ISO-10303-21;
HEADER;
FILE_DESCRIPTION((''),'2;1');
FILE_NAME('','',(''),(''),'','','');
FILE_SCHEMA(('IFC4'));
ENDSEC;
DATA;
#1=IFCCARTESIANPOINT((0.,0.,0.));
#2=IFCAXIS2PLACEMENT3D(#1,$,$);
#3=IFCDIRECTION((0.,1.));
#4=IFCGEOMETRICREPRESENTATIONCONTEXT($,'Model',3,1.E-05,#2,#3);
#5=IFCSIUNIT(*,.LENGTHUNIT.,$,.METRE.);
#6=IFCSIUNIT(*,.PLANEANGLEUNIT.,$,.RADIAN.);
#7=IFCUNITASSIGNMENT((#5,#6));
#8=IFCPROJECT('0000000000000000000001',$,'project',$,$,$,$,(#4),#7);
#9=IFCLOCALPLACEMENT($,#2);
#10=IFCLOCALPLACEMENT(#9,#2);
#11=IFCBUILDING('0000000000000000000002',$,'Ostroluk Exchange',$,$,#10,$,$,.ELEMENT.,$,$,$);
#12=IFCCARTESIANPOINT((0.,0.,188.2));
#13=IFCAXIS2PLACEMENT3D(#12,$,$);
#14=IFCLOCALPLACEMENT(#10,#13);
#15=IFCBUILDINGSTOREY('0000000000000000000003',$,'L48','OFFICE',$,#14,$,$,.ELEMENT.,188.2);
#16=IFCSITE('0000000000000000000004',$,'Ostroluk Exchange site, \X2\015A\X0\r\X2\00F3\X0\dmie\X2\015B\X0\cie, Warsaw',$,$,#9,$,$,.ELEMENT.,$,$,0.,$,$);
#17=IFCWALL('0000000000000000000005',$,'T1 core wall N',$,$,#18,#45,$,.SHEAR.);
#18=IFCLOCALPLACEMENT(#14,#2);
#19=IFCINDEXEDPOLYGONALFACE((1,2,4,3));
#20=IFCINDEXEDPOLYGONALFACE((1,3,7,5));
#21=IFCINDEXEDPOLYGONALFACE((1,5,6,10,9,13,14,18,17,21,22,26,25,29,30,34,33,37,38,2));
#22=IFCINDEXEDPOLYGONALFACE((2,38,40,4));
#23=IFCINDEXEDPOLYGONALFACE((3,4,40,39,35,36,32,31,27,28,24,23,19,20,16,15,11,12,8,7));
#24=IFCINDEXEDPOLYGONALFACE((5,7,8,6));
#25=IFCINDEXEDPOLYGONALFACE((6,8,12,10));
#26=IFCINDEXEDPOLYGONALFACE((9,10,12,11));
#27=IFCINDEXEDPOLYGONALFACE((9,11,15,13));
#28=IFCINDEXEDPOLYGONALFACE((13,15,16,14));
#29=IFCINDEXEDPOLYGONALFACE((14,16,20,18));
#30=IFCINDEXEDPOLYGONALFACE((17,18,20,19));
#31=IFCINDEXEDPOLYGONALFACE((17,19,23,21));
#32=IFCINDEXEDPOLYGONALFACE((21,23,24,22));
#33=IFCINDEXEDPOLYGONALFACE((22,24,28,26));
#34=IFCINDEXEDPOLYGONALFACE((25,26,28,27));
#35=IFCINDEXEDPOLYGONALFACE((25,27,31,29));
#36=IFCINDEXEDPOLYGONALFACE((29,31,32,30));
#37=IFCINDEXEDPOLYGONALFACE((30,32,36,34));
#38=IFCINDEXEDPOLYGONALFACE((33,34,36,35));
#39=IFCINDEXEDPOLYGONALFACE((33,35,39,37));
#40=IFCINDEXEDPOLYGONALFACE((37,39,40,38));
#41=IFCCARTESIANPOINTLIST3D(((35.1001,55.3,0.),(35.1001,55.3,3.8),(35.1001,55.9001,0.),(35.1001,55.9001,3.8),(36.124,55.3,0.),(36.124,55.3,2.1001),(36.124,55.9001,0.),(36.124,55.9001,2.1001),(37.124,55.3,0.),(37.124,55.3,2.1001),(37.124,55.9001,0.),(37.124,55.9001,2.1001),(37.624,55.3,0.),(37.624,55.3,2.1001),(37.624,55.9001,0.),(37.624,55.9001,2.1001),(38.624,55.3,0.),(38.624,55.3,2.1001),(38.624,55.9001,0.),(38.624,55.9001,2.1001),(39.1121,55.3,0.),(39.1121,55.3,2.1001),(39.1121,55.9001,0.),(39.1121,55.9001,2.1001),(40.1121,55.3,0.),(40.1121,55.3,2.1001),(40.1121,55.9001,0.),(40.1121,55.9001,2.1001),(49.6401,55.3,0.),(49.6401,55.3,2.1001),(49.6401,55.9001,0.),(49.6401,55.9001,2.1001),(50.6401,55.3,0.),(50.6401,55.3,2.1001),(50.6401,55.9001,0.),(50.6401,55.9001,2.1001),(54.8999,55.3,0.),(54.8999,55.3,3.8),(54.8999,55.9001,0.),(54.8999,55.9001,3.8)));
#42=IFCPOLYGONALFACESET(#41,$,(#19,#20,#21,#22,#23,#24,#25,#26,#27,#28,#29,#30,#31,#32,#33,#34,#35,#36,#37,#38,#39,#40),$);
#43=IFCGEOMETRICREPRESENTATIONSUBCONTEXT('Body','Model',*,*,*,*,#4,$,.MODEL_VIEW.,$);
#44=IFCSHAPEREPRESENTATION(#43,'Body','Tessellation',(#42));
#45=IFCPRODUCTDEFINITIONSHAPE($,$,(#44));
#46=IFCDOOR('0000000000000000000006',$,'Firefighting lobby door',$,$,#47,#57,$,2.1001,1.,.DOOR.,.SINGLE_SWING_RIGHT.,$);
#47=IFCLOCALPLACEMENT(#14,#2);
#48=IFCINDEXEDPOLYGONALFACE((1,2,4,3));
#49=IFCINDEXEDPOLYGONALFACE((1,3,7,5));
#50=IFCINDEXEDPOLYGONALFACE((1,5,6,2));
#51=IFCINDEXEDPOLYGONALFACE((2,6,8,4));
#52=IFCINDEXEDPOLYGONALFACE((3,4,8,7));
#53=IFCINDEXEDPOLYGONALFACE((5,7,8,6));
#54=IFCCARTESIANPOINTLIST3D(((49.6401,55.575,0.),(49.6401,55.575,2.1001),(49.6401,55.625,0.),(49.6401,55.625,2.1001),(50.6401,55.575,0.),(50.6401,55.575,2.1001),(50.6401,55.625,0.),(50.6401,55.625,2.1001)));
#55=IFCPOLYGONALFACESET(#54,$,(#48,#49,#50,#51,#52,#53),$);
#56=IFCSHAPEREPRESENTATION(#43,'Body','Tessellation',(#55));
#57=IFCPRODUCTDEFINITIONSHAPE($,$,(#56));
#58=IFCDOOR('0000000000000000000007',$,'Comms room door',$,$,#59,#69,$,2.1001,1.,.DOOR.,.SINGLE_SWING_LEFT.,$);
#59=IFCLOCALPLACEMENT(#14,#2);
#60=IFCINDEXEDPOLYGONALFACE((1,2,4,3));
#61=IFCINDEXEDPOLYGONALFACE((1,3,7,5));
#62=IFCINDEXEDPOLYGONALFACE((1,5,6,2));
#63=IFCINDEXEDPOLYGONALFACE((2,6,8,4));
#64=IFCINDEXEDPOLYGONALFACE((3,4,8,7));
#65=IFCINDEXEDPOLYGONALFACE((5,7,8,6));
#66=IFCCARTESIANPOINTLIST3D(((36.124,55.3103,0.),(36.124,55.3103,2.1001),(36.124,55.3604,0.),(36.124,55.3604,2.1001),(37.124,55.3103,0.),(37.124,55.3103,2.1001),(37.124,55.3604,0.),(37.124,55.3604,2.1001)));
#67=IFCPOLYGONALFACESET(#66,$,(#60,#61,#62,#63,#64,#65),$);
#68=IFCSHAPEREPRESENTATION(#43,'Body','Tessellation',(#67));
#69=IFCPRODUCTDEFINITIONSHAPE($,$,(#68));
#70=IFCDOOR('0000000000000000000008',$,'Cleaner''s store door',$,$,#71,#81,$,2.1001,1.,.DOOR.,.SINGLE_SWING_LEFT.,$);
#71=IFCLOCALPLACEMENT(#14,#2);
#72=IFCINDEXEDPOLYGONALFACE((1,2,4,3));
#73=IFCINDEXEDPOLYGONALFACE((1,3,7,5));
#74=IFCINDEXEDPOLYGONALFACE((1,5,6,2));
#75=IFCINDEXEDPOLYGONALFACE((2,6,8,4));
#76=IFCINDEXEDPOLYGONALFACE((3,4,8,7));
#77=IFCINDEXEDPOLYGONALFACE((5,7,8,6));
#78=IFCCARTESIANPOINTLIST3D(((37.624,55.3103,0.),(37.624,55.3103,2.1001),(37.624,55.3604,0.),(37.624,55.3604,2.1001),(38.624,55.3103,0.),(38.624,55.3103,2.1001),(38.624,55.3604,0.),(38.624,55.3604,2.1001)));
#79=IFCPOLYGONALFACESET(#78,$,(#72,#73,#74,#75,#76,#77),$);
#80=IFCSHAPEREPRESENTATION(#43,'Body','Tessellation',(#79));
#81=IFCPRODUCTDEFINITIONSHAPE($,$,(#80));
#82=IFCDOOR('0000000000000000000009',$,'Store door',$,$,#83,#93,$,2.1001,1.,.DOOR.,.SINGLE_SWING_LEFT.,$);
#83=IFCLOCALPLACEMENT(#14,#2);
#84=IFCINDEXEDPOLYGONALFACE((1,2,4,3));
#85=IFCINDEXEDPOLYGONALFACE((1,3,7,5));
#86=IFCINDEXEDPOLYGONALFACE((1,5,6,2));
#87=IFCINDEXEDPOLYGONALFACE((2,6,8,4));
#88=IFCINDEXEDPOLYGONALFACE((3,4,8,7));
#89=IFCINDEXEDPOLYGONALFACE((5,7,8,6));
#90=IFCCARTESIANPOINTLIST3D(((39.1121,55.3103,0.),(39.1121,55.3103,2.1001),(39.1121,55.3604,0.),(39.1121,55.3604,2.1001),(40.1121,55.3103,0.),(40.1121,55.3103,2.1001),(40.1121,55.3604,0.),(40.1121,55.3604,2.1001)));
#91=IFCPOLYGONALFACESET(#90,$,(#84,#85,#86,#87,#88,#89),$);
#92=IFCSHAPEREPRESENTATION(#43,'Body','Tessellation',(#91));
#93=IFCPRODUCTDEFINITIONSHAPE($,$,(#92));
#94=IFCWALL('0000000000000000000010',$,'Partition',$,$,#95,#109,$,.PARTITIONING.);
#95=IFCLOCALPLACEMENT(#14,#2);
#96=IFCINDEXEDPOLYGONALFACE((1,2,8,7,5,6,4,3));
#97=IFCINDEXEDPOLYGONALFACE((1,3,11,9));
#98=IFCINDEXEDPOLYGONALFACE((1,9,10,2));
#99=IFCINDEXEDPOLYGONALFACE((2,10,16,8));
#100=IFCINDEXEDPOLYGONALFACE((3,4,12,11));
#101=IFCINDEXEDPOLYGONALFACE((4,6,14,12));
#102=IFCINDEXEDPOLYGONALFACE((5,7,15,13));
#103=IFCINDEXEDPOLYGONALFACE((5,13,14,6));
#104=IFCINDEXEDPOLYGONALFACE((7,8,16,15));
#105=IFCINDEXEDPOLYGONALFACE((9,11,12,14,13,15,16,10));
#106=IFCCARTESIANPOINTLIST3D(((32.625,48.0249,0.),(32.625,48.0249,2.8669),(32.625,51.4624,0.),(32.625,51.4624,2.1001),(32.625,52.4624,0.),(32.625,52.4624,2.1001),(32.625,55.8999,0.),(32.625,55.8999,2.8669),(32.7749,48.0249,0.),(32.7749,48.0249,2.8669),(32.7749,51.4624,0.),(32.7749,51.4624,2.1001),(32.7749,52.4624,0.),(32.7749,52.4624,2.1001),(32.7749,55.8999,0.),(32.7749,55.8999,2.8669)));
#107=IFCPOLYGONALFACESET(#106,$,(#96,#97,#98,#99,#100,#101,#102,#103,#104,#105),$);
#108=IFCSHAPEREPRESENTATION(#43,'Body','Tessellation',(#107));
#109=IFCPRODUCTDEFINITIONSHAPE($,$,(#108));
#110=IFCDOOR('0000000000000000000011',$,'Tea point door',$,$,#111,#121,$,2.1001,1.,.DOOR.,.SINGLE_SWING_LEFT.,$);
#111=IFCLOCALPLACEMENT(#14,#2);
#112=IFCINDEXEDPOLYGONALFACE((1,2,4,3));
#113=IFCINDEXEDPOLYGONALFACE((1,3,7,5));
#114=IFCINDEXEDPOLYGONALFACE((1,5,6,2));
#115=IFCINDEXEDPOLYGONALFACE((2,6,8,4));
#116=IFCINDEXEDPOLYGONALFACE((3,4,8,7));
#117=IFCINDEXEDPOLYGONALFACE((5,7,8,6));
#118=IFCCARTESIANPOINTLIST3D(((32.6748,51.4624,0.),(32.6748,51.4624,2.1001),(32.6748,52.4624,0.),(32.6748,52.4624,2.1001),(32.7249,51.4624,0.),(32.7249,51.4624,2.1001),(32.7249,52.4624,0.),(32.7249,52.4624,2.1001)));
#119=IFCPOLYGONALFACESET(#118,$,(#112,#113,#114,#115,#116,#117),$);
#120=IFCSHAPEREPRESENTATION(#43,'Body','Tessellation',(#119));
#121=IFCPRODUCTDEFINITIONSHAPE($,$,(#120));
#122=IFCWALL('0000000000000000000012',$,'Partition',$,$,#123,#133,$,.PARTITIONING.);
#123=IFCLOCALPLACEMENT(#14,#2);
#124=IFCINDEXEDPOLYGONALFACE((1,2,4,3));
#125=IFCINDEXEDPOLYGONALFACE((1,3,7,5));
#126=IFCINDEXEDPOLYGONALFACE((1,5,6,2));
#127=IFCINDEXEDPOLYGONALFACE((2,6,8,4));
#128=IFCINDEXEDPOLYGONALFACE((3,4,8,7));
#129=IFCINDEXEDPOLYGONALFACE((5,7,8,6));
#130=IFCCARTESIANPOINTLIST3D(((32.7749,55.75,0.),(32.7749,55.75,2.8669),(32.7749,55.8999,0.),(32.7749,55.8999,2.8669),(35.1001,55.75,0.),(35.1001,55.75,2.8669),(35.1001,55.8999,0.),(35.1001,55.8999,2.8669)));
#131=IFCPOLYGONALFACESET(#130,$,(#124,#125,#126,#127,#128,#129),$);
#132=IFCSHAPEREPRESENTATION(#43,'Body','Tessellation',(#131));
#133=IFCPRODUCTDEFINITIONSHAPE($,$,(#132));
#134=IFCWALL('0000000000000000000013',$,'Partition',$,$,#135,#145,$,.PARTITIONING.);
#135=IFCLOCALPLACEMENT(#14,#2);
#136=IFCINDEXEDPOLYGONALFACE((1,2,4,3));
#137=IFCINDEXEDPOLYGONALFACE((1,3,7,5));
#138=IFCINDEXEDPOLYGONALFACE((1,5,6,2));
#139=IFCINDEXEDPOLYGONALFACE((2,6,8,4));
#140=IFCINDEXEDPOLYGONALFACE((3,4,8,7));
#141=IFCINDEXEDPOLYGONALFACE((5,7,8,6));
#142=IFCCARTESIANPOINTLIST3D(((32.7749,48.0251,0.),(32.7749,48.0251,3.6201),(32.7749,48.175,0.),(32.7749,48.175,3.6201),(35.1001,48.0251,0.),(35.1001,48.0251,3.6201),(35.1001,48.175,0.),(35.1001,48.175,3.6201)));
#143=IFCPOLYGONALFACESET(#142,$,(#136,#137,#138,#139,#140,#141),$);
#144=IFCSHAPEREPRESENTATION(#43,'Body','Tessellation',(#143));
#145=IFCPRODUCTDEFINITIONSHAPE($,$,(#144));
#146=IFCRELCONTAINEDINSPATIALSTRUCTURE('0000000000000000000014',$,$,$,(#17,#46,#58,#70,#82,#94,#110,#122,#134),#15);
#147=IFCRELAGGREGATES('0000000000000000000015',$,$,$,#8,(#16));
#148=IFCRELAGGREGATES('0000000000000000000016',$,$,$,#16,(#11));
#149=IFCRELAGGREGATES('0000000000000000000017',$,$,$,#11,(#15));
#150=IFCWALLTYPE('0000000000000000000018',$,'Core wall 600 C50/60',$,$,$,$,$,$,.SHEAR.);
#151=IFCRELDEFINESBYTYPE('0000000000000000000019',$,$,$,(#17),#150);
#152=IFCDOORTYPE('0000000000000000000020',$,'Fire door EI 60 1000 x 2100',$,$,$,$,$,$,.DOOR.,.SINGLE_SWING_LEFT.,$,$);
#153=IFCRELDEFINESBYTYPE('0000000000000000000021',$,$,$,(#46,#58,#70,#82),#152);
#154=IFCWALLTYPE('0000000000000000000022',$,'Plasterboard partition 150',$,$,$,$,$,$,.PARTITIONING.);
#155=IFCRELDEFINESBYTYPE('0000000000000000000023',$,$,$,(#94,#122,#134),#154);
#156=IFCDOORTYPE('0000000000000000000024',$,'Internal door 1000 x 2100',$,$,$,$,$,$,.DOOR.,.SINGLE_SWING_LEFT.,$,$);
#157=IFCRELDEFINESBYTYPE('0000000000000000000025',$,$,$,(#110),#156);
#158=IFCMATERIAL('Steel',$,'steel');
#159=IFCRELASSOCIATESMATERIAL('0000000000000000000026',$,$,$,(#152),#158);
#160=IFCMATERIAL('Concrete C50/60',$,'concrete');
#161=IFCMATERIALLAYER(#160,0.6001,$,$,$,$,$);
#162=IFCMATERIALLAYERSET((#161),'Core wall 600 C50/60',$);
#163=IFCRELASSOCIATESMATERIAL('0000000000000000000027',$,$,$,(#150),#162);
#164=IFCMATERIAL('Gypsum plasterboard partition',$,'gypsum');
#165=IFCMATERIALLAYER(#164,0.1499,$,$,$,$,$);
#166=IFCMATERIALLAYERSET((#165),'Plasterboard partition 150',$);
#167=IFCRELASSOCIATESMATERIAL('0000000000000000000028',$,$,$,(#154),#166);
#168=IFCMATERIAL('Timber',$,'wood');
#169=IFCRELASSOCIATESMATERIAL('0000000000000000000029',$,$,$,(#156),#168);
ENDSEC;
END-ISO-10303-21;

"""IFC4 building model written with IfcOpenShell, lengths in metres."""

from ifc_helpers import new_model, si_unit, direction, frame, frame_2d, origin, place, context, subcontext, project, spatial, rectangle, extrude, material, layer, layer_set, type_object, element, fill, save


model = new_model("IFC4")

# Units and contexts
model_context = context("Model", 3, precision=1e-05, world=origin(), true_north=direction((0.0, 1.0)))
body_context = subcontext(model_context, "Body", "Model", "MODEL_VIEW")
ifc_project = project(units=[si_unit("LENGTHUNIT", "METRE"), si_unit("PLANEANGLEUNIT", "RADIAN")], contexts=[model_context])

# Site, building, storey
site_placement = place(None, origin())
site = spatial("IfcSite", under=ifc_project, at=site_placement, Name="Ostroluk Exchange site, Śródmieście, Warsaw", CompositionType="ELEMENT", RefElevation=0.0)
building_placement = place(site_placement, origin())
building = spatial("IfcBuilding", under=site, at=building_placement, Name="Ostroluk Exchange", CompositionType="ELEMENT")
storey_placement = place(building_placement, frame((0.0, 0.0, 188.2)))
storey = spatial("IfcBuildingStorey", under=building, at=storey_placement, Name="L48", Description="OFFICE", CompositionType="ELEMENT", Elevation=188.2)

# Wall, openings, doors
ifc_material_1 = material(Name="Steel", Category="steel")
door_type_1 = type_object("IfcDoorType", Name="Fire door EI 60 1000 x 2100", OperationType="SINGLE_SWING_LEFT", PredefinedType="DOOR", material=ifc_material_1)
ifc_material_2 = material(Name="Concrete C50/60", Category="concrete")
ifc_layer_1 = layer(ifc_material_2, 0.6001)
ifc_layer_set_1 = layer_set([ifc_layer_1], Name="Core wall 600 C50/60")
wall_type_1 = type_object("IfcWallType", Name="Core wall 600 C50/60", PredefinedType="SHEAR", material=ifc_layer_set_1)
wall_1_placement = place(storey_placement, frame((35.1001, 55.6001, 0.0), z_axis=(0.0, 0.0, 1.0), x_axis=(1.0, 0.0, 0.0)))
wall_1 = element("IfcWall", 1, at=wall_1_placement, inside=storey, type_object=wall_type_1, Name="T1 core wall N", PredefinedType="SHEAR", context=body_context, shape_type="SweptSolid", body=[
    extrude(rectangle(XDim=19.7998, YDim=0.6001, at=frame_2d((9.8999, 0.0))), origin(), (0.0, 0.0, 1.0), 3.8),
])
opening_1_placement = place(wall_1_placement, frame((14.54, 0.0, 0.0)))
opening_1 = element("IfcOpeningElement", 2, at=opening_1_placement, cuts=wall_1, PredefinedType="OPENING", context=body_context, shape_type="SweptSolid", body=[
    extrude(rectangle(XDim=1.0, YDim=2.1001, at=frame_2d((0.5, 1.05))), frame((0.0, 0.3101, 0.0), z_axis=(0.0, -1.0, 0.0), x_axis=(1.0, 0.0, 0.0)), (0.0, 0.0, 1.0), 0.6201),
])
opening_2_placement = place(wall_1_placement, frame((1.0239, 0.0, 0.0)))
opening_2 = element("IfcOpeningElement", 3, at=opening_2_placement, cuts=wall_1, PredefinedType="OPENING", context=body_context, shape_type="SweptSolid", body=[
    extrude(rectangle(XDim=1.0, YDim=2.1001, at=frame_2d((0.5, 1.05))), frame((0.0, 0.3101, 0.0), z_axis=(0.0, -1.0, 0.0), x_axis=(1.0, 0.0, 0.0)), (0.0, 0.0, 1.0), 0.6201),
])
opening_3_placement = place(wall_1_placement, frame((2.5239, 0.0, 0.0)))
opening_3 = element("IfcOpeningElement", 4, at=opening_3_placement, cuts=wall_1, PredefinedType="OPENING", context=body_context, shape_type="SweptSolid", body=[
    extrude(rectangle(XDim=1.0, YDim=2.1001, at=frame_2d((0.5, 1.05))), frame((0.0, 0.3101, 0.0), z_axis=(0.0, -1.0, 0.0), x_axis=(1.0, 0.0, 0.0)), (0.0, 0.0, 1.0), 0.6201),
])
opening_4_placement = place(wall_1_placement, frame((4.012, 0.0, 0.0)))
opening_4 = element("IfcOpeningElement", 5, at=opening_4_placement, cuts=wall_1, PredefinedType="OPENING", context=body_context, shape_type="SweptSolid", body=[
    extrude(rectangle(XDim=1.0, YDim=2.1001, at=frame_2d((0.5, 1.05))), frame((0.0, 0.3101, 0.0), z_axis=(0.0, -1.0, 0.0), x_axis=(1.0, 0.0, 0.0)), (0.0, 0.0, 1.0), 0.6201),
])
door_1_placement = place(opening_1_placement, origin())
door_1 = element("IfcDoor", 6, at=door_1_placement, inside=storey, type_object=door_type_1, Name="Firefighting lobby door", OperationType="SINGLE_SWING_RIGHT", OverallHeight=2.1001, OverallWidth=1.0, PredefinedType="DOOR", context=body_context, shape_type="SweptSolid", body=[
    extrude(rectangle(XDim=1.0, YDim=2.1001, at=frame_2d((0.5, 1.05))), frame((0.0, 0.0249, 0.0), z_axis=(0.0, -1.0, 0.0), x_axis=(1.0, 0.0, 0.0)), (0.0, 0.0, 1.0), 0.05),
])
fill(opening_1, door_1)
door_2_placement = place(opening_2_placement, origin())
door_2 = element("IfcDoor", 7, at=door_2_placement, inside=storey, type_object=door_type_1, Name="Comms room door", OperationType="SINGLE_SWING_LEFT", OverallHeight=2.1001, OverallWidth=1.0, PredefinedType="DOOR", context=body_context, shape_type="SweptSolid", body=[
    extrude(rectangle(XDim=1.0, YDim=2.1001, at=frame_2d((0.5, 1.05))), frame((0.0, -0.2397, 0.0), z_axis=(0.0, -1.0, 0.0), x_axis=(1.0, 0.0, 0.0)), (0.0, 0.0, 1.0), 0.05),
])
fill(opening_2, door_2)
door_3_placement = place(opening_3_placement, origin())
door_3 = element("IfcDoor", 8, at=door_3_placement, inside=storey, type_object=door_type_1, Name="Cleaner's store door", OperationType="SINGLE_SWING_LEFT", OverallHeight=2.1001, OverallWidth=1.0, PredefinedType="DOOR", context=body_context, shape_type="SweptSolid", body=[
    extrude(rectangle(XDim=1.0, YDim=2.1001, at=frame_2d((0.5, 1.05))), frame((0.0, -0.2397, 0.0), z_axis=(0.0, -1.0, 0.0), x_axis=(1.0, 0.0, 0.0)), (0.0, 0.0, 1.0), 0.05),
])
fill(opening_3, door_3)
door_4_placement = place(opening_4_placement, origin())
door_4 = element("IfcDoor", 9, at=door_4_placement, inside=storey, type_object=door_type_1, Name="Store door", OperationType="SINGLE_SWING_LEFT", OverallHeight=2.1001, OverallWidth=1.0, PredefinedType="DOOR", context=body_context, shape_type="SweptSolid", body=[
    extrude(rectangle(XDim=1.0, YDim=2.1001, at=frame_2d((0.5, 1.05))), frame((0.0, -0.2397, 0.0), z_axis=(0.0, -1.0, 0.0), x_axis=(1.0, 0.0, 0.0)), (0.0, 0.0, 1.0), 0.05),
])
fill(opening_4, door_4)

# Wall, opening, door
ifc_material_3 = material(Name="Gypsum plasterboard partition", Category="gypsum")
ifc_layer_2 = layer(ifc_material_3, 0.1499)
ifc_layer_set_2 = layer_set([ifc_layer_2], Name="Plasterboard partition 150")
wall_type_2 = type_object("IfcWallType", Name="Plasterboard partition 150", PredefinedType="PARTITIONING", material=ifc_layer_set_2)
wall_2_placement = place(storey_placement, frame((32.7, 55.8999, 0.0), z_axis=(0.0, 0.0, 1.0), x_axis=(0.0, -1.0, 0.0)))
wall_2 = element("IfcWall", 10, at=wall_2_placement, inside=storey, type_object=wall_type_2, Name="Partition", PredefinedType="PARTITIONING", context=body_context, shape_type="SweptSolid", body=[
    extrude(rectangle(XDim=7.875, YDim=0.1499, at=frame_2d((3.9375, 0.0))), origin(), (0.0, 0.0, 1.0), 2.8669),
])
opening_5_placement = place(wall_2_placement, frame((3.4375, 0.0, 0.0)))
opening_5 = element("IfcOpeningElement", 11, at=opening_5_placement, cuts=wall_2, PredefinedType="OPENING", context=body_context, shape_type="SweptSolid", body=[
    extrude(rectangle(XDim=1.0, YDim=2.1001, at=frame_2d((0.5, 1.05))), frame((0.0, 0.085, 0.0), z_axis=(0.0, -1.0, 0.0), x_axis=(1.0, 0.0, 0.0)), (0.0, 0.0, 1.0), 0.1699),
])
ifc_material_4 = material(Name="Timber", Category="wood")
door_type_2 = type_object("IfcDoorType", Name="Internal door 1000 x 2100", OperationType="SINGLE_SWING_LEFT", PredefinedType="DOOR", material=ifc_material_4)
door_5_placement = place(opening_5_placement, origin())
door_5 = element("IfcDoor", 12, at=door_5_placement, inside=storey, type_object=door_type_2, Name="Tea point door", OperationType="SINGLE_SWING_LEFT", OverallHeight=2.1001, OverallWidth=1.0, PredefinedType="DOOR", context=body_context, shape_type="SweptSolid", body=[
    extrude(rectangle(XDim=1.0, YDim=2.1001, at=frame_2d((0.5, 1.05))), frame((0.0, 0.0249, 0.0), z_axis=(0.0, -1.0, 0.0), x_axis=(1.0, 0.0, 0.0)), (0.0, 0.0, 1.0), 0.05),
])
fill(opening_5, door_5)

# Walls
wall_3_placement = place(storey_placement, frame((35.1001, 55.825, 0.0), z_axis=(0.0, 0.0, 1.0), x_axis=(-1.0, 0.0, 0.0)))
element("IfcWall", 13, at=wall_3_placement, inside=storey, type_object=wall_type_2, Name="Partition", PredefinedType="PARTITIONING", context=body_context, shape_type="SweptSolid", body=[
    extrude(rectangle(XDim=2.3252, YDim=0.1499, at=frame_2d((1.1626, 0.0))), origin(), (0.0, 0.0, 1.0), 2.8669),
])
wall_4_placement = place(storey_placement, frame((35.1001, 48.1001, 0.0), z_axis=(0.0, 0.0, 1.0), x_axis=(-1.0, 0.0, 0.0)))
element("IfcWall", 14, at=wall_4_placement, inside=storey, type_object=wall_type_2, Name="Partition", PredefinedType="PARTITIONING", context=body_context, shape_type="SweptSolid", body=[
    extrude(rectangle(XDim=2.3252, YDim=0.1499, at=frame_2d((1.1626, 0.0))), origin(), (0.0, 0.0, 1.0), 3.6201),
])

save(model, "model.ifc")
